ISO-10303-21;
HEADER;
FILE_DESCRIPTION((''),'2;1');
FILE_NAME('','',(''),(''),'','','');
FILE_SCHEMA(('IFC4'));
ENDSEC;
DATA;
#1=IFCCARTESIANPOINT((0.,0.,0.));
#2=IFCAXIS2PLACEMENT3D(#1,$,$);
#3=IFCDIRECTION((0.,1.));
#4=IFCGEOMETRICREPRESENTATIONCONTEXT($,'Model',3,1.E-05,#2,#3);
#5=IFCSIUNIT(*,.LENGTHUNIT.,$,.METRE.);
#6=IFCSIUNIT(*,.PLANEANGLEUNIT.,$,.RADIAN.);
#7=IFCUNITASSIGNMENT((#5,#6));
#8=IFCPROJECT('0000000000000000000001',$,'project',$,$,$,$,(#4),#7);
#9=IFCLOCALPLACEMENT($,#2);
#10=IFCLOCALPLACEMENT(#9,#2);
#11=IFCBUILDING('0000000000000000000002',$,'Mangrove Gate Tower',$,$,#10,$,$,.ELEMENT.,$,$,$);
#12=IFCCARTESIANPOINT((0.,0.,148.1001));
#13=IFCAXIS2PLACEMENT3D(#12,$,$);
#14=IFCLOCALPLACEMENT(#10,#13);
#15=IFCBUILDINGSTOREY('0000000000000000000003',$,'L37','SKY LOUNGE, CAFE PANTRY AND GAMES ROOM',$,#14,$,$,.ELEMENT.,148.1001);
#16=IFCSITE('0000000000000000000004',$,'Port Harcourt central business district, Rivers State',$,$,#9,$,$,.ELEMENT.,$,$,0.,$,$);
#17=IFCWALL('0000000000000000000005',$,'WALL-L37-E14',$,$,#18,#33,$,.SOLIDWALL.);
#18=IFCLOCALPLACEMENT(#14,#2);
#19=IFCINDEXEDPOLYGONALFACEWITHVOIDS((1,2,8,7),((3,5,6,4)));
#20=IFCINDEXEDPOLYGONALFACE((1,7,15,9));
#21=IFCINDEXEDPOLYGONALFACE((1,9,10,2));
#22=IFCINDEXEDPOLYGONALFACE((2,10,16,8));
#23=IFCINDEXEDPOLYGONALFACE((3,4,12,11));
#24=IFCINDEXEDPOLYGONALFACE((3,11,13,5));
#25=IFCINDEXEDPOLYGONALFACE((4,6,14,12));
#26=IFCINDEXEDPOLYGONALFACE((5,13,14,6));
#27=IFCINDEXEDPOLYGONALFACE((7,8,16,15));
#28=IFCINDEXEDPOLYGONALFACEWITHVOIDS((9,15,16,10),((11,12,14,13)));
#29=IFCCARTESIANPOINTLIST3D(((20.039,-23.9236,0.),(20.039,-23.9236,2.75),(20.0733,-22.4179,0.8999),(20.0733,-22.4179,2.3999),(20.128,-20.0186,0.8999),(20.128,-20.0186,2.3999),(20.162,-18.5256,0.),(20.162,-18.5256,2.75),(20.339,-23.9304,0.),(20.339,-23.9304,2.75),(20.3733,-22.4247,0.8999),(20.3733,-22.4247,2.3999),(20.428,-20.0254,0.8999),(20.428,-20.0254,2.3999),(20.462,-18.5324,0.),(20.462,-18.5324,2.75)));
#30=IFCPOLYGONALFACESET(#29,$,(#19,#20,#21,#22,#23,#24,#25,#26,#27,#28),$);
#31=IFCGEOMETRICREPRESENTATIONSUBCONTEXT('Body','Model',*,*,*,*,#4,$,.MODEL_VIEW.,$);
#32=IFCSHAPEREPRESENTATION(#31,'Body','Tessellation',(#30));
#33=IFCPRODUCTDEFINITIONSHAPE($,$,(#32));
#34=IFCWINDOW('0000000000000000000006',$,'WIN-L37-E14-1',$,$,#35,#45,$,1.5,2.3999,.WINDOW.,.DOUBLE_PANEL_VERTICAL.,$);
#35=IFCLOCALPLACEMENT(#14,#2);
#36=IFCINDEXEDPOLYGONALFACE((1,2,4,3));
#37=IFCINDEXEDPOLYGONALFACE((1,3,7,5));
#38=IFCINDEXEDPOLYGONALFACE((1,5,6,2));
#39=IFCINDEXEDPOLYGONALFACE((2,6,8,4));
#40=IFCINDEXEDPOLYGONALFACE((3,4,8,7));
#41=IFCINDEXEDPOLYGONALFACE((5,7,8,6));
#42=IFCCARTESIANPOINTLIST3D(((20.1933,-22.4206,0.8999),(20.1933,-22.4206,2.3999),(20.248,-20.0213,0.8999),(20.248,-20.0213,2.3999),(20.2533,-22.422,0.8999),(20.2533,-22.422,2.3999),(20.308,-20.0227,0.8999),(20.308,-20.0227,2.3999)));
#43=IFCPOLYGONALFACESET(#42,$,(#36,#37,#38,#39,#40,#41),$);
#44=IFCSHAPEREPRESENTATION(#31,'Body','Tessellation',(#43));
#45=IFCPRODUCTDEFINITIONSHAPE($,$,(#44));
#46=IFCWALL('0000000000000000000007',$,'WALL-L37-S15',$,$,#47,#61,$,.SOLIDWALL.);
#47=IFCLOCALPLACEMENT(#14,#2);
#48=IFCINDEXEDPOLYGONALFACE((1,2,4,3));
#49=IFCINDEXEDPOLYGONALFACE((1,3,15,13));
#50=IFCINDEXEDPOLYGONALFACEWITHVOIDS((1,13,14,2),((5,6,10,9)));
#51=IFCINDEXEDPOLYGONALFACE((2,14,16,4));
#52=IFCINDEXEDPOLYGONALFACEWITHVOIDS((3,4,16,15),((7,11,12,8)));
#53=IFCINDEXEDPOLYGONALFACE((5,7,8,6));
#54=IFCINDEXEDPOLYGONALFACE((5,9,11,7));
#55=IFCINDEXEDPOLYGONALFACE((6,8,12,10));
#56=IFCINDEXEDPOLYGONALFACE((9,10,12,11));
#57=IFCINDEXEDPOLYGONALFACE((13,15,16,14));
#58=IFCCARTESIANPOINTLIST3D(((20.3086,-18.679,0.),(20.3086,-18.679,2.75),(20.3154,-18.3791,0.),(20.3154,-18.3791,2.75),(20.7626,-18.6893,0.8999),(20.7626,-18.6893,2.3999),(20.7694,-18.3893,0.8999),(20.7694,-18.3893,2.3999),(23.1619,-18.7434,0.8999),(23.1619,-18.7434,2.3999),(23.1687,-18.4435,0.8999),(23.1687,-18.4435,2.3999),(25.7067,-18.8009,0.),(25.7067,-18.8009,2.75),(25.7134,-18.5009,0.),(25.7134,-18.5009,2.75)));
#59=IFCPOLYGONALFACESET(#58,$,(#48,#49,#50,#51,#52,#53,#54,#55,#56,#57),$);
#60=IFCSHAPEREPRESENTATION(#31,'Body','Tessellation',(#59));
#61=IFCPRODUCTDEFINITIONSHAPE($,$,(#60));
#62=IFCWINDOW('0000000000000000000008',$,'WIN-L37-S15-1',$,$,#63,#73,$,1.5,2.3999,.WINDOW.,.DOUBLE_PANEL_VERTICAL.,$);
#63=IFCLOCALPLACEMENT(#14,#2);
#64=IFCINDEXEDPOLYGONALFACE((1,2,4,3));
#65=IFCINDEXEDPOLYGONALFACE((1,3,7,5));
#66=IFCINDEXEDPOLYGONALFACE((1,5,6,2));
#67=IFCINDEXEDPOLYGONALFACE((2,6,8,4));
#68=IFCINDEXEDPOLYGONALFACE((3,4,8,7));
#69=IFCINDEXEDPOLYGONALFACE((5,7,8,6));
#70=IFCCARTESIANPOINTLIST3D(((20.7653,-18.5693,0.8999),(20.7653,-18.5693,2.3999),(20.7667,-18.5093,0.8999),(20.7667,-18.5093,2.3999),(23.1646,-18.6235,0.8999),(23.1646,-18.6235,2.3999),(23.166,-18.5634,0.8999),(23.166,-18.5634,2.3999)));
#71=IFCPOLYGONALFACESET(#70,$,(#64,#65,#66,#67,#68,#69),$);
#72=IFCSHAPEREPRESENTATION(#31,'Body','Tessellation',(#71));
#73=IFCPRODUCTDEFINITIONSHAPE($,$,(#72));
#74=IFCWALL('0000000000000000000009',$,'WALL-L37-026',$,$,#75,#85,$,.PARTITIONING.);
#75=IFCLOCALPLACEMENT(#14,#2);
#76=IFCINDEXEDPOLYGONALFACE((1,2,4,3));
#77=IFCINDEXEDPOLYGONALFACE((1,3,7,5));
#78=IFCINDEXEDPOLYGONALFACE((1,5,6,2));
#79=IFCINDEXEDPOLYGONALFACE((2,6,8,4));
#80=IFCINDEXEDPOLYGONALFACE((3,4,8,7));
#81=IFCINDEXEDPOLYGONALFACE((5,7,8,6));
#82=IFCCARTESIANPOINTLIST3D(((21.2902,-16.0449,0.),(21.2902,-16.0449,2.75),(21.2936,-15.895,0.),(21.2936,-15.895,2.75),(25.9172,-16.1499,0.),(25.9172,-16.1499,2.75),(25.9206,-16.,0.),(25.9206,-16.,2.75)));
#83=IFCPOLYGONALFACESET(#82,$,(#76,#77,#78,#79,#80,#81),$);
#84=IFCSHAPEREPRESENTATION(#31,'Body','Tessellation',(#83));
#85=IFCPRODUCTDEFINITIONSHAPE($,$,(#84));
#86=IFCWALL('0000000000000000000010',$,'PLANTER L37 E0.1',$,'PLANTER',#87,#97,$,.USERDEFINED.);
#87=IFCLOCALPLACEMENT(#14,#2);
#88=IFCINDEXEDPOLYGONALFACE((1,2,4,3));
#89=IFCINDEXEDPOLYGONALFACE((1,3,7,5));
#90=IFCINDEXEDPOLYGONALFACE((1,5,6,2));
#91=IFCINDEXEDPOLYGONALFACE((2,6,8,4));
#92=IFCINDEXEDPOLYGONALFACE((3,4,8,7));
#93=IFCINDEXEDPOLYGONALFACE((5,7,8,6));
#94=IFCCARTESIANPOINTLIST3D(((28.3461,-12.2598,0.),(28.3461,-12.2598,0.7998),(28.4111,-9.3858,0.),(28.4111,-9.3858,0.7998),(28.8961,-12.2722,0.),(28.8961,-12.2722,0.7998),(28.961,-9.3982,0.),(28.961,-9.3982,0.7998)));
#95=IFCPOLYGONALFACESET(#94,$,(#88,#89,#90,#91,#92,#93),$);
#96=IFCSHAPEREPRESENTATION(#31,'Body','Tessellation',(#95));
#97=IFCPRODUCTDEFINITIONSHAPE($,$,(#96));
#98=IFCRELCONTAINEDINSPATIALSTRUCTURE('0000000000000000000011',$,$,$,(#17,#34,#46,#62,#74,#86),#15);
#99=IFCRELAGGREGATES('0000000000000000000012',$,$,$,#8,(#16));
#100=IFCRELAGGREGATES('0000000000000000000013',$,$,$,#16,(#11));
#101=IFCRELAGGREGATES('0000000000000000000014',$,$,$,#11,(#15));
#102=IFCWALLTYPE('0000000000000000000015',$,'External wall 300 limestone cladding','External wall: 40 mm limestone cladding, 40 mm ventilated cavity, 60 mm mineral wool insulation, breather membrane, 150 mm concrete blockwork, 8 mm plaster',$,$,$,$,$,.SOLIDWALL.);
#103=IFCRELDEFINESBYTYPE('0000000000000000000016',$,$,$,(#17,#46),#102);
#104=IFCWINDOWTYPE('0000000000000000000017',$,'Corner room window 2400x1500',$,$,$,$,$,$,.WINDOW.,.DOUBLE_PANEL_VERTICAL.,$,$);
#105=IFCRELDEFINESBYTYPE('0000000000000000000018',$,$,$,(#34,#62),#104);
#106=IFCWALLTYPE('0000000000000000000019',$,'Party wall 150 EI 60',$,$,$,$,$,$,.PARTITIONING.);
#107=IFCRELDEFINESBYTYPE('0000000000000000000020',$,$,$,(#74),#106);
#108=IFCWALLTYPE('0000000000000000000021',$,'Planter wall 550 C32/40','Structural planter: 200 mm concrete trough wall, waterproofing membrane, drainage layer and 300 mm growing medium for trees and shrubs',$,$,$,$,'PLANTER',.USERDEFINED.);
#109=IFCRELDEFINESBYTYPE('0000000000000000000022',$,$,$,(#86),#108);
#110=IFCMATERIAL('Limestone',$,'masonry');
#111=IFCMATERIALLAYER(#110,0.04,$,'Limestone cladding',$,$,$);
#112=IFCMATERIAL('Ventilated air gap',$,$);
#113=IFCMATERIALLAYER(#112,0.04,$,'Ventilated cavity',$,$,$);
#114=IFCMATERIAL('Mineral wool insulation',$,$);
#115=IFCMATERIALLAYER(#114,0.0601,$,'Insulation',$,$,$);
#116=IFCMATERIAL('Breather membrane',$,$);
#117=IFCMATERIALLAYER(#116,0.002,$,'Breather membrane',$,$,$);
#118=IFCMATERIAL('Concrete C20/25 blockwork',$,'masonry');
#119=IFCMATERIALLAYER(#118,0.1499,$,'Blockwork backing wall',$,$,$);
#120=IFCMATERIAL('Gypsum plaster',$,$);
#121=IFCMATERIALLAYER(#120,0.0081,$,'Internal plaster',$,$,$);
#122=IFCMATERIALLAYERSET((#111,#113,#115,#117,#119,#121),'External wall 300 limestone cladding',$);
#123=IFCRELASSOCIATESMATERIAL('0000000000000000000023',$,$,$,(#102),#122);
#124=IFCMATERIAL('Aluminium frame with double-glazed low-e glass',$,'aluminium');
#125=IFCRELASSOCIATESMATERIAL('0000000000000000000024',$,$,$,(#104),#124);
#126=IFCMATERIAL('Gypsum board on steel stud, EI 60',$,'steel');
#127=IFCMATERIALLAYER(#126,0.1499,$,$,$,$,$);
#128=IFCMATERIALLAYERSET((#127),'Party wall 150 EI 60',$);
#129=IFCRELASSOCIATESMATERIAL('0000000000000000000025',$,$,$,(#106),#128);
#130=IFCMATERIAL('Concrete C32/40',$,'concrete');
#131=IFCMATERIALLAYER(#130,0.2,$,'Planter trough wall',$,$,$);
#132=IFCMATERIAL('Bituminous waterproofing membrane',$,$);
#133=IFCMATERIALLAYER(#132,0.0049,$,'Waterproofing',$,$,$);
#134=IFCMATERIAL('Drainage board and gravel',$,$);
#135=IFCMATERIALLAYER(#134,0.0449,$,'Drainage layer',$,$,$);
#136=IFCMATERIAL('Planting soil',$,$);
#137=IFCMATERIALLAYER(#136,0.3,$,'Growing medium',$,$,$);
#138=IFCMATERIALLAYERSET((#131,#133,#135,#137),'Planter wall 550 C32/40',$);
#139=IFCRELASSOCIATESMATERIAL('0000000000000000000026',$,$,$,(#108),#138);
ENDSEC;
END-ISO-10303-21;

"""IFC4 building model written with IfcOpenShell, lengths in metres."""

from ifc_helpers import new_model, si_unit, direction, frame, frame_2d, origin, place, context, subcontext, project, spatial, rectangle, extrude, material, layer, layer_set, type_object, element, fill, save


model = new_model("IFC4")

# Units and contexts
model_context = context("Model", 3, precision=1e-05, world=origin(), true_north=direction((0.0, 1.0)))
body_context = subcontext(model_context, "Body", "Model", "MODEL_VIEW")
ifc_project = project(units=[si_unit("LENGTHUNIT", "METRE"), si_unit("PLANEANGLEUNIT", "RADIAN")], contexts=[model_context])

# Site, building, storey
site_placement = place(None, origin())
site = spatial("IfcSite", under=ifc_project, at=site_placement, Name="Port Harcourt central business district, Rivers State", CompositionType="ELEMENT", RefElevation=0.0)
building_placement = place(site_placement, origin())
building = spatial("IfcBuilding", under=site, at=building_placement, Name="Mangrove Gate Tower", CompositionType="ELEMENT")
storey_placement = place(building_placement, frame((0.0, 0.0, 148.1001)))
storey = spatial("IfcBuildingStorey", under=building, at=storey_placement, Name="L37", Description="SKY LOUNGE, CAFE PANTRY AND GAMES ROOM", CompositionType="ELEMENT", Elevation=148.1001)

# Shared definitions
ifc_material_1 = material(Name="Limestone", Category="masonry")
ifc_layer_1 = layer(ifc_material_1, 0.04, Name="Limestone cladding")
ifc_material_2 = material(Name="Ventilated air gap")
ifc_layer_2 = layer(ifc_material_2, 0.04, Name="Ventilated cavity")
ifc_material_3 = material(Name="Mineral wool insulation")
ifc_layer_3 = layer(ifc_material_3, 0.0601, Name="Insulation")
ifc_material_4 = material(Name="Breather membrane")
ifc_layer_4 = layer(ifc_material_4, 0.002, Name="Breather membrane")
ifc_material_5 = material(Name="Concrete C20/25 blockwork", Category="masonry")
ifc_layer_5 = layer(ifc_material_5, 0.1499, Name="Blockwork backing wall")
ifc_material_6 = material(Name="Gypsum plaster")
ifc_layer_6 = layer(ifc_material_6, 0.0081, Name="Internal plaster")
ifc_layer_set_1 = layer_set([ifc_layer_1, ifc_layer_2, ifc_layer_3, ifc_layer_4, ifc_layer_5, ifc_layer_6], Name="External wall 300 limestone cladding")
wall_type_1 = type_object("IfcWallType", Name="External wall 300 limestone cladding", Description="External wall: 40 mm limestone cladding, 40 mm ventilated cavity, 60 mm mineral wool insulation, breather membrane, 150 mm concrete blockwork, 8 mm plaster", PredefinedType="SOLIDWALL", material=ifc_layer_set_1)
ifc_material_7 = material(Name="Aluminium frame with double-glazed low-e glass", Category="aluminium")
window_type = type_object("IfcWindowType", Name="Corner room window 2400x1500", PartitioningType="DOUBLE_PANEL_VERTICAL", PredefinedType="WINDOW", material=ifc_material_7)

# Walls, openings, windows
wall_1_placement = place(storey_placement, frame((20.189, -23.927, 0.0), z_axis=(0.0, 0.0, 1.0), x_axis=(0.022789, 0.99974, 0.0)))
wall_1 = element("IfcWall", 1, at=wall_1_placement, inside=storey, type_object=wall_type_1, Name="WALL-L37-E14", PredefinedType="SOLIDWALL", context=body_context, shape_type="SweptSolid", body=[
    extrude(rectangle(XDim=5.3994, YDim=0.3, at=frame_2d((2.6997, 0.0))), origin(), (0.0, 0.0, 1.0), 2.75),
])
opening_1_placement = place(wall_1_placement, frame((1.5061, 0.0, 0.8999)))
opening_1 = element("IfcOpeningElement", 2, at=opening_1_placement, cuts=wall_1, PredefinedType="OPENING", context=body_context, shape_type="SweptSolid", body=[
    extrude(rectangle(XDim=2.3999, YDim=1.5, at=frame_2d((1.2, 0.75))), frame((0.0, 0.1599, 0.0), z_axis=(0.0, -1.0, 0.0), x_axis=(1.0, 0.0, 0.0)), (0.0, 0.0, 1.0), 0.3201),
])
window_1_placement = place(opening_1_placement, origin())
window_1 = element("IfcWindow", 3, at=window_1_placement, inside=storey, type_object=window_type, Name="WIN-L37-E14-1", OverallHeight=1.5, OverallWidth=2.3999, PartitioningType="DOUBLE_PANEL_VERTICAL", PredefinedType="WINDOW", context=body_context, shape_type="SweptSolid", body=[
    extrude(rectangle(XDim=2.3999, YDim=1.5, at=frame_2d((1.2, 0.75))), frame((0.0, 0.03, 0.0), z_axis=(0.0, -1.0, 0.0), x_axis=(1.0, 0.0, 0.0)), (0.0, 0.0, 1.0), 0.0601),
])
fill(opening_1, window_1)
wall_2_placement = place(storey_placement, frame((20.312, -18.5291, 0.0), z_axis=(0.0, 0.0, 1.0), x_axis=(0.999745, -0.022563, 0.0)))
wall_2 = element("IfcWall", 4, at=wall_2_placement, inside=storey, type_object=wall_type_1, Name="WALL-L37-S15", PredefinedType="SOLIDWALL", context=body_context, shape_type="SweptSolid", body=[
    extrude(rectangle(XDim=5.3994, YDim=0.3, at=frame_2d((2.6997, 0.0))), origin(), (0.0, 0.0, 1.0), 2.75),
])
opening_2_placement = place(wall_2_placement, frame((0.4541, 0.0, 0.8999)))
opening_2 = element("IfcOpeningElement", 5, at=opening_2_placement, cuts=wall_2, PredefinedType="OPENING", context=body_context, shape_type="SweptSolid", body=[
    extrude(rectangle(XDim=2.3999, YDim=1.5, at=frame_2d((1.2, 0.75))), frame((0.0, 0.1599, 0.0), z_axis=(0.0, -1.0, 0.0), x_axis=(1.0, 0.0, 0.0)), (0.0, 0.0, 1.0), 0.3201),
])
window_2_placement = place(opening_2_placement, origin())
window_2 = element("IfcWindow", 6, at=window_2_placement, inside=storey, type_object=window_type, Name="WIN-L37-S15-1", OverallHeight=1.5, OverallWidth=2.3999, PartitioningType="DOUBLE_PANEL_VERTICAL", PredefinedType="WINDOW", context=body_context, shape_type="SweptSolid", body=[
    extrude(rectangle(XDim=2.3999, YDim=1.5, at=frame_2d((1.2, 0.75))), frame((0.0, 0.03, 0.0), z_axis=(0.0, -1.0, 0.0), x_axis=(1.0, 0.0, 0.0)), (0.0, 0.0, 1.0), 0.0601),
])
fill(opening_2, window_2)

# Walls
ifc_material_8 = material(Name="Gypsum board on steel stud, EI 60", Category="steel")
ifc_layer_7 = layer(ifc_material_8, 0.1499)
ifc_layer_set_2 = layer_set([ifc_layer_7], Name="Party wall 150 EI 60")
wall_type_2 = type_object("IfcWallType", Name="Party wall 150 EI 60", PredefinedType="PARTITIONING", material=ifc_layer_set_2)
wall_3_placement = place(storey_placement, frame((21.292, -15.97, 0.0), z_axis=(0.0, 0.0, 1.0), x_axis=(0.999743, -0.022683, 0.0)))
element("IfcWall", 7, at=wall_3_placement, inside=storey, type_object=wall_type_2, Name="WALL-L37-026", PredefinedType="PARTITIONING", context=body_context, shape_type="SweptSolid", body=[
    extrude(rectangle(XDim=4.6282, YDim=0.1499, at=frame_2d((2.314, 0.0))), origin(), (0.0, 0.0, 1.0), 2.75),
])
ifc_material_9 = material(Name="Concrete C32/40", Category="concrete")
ifc_layer_8 = layer(ifc_material_9, 0.2, Name="Planter trough wall")
ifc_material_10 = material(Name="Bituminous waterproofing membrane")
ifc_layer_9 = layer(ifc_material_10, 0.0049, Name="Waterproofing")
ifc_material_11 = material(Name="Drainage board and gravel")
ifc_layer_10 = layer(ifc_material_11, 0.0449, Name="Drainage layer")
ifc_material_12 = material(Name="Planting soil")
ifc_layer_11 = layer(ifc_material_12, 0.3, Name="Growing medium")
ifc_layer_set_3 = layer_set([ifc_layer_8, ifc_layer_9, ifc_layer_10, ifc_layer_11], Name="Planter wall 550 C32/40")
wall_type_3 = type_object("IfcWallType", Name="Planter wall 550 C32/40", Description="Structural planter: 200 mm concrete trough wall, waterproofing membrane, drainage layer and 300 mm growing medium for trees and shrubs", ElementType="PLANTER", PredefinedType="USERDEFINED", material=ifc_layer_set_3)
wall_4_placement = place(storey_placement, frame((28.6211, -12.2661, 0.0), z_axis=(0.0, 0.0, 1.0), x_axis=(0.02259, 0.999745, 0.0)))
element("IfcWall", 8, at=wall_4_placement, inside=storey, type_object=wall_type_3, Name="PLANTER L37 E0.1", ObjectType="PLANTER", PredefinedType="USERDEFINED", context=body_context, shape_type="SweptSolid", body=[
    extrude(rectangle(XDim=2.8748, YDim=0.55, at=frame_2d((1.4375, 0.0))), origin(), (0.0, 0.0, 1.0), 0.7998),
])

save(model, "model.ifc")
